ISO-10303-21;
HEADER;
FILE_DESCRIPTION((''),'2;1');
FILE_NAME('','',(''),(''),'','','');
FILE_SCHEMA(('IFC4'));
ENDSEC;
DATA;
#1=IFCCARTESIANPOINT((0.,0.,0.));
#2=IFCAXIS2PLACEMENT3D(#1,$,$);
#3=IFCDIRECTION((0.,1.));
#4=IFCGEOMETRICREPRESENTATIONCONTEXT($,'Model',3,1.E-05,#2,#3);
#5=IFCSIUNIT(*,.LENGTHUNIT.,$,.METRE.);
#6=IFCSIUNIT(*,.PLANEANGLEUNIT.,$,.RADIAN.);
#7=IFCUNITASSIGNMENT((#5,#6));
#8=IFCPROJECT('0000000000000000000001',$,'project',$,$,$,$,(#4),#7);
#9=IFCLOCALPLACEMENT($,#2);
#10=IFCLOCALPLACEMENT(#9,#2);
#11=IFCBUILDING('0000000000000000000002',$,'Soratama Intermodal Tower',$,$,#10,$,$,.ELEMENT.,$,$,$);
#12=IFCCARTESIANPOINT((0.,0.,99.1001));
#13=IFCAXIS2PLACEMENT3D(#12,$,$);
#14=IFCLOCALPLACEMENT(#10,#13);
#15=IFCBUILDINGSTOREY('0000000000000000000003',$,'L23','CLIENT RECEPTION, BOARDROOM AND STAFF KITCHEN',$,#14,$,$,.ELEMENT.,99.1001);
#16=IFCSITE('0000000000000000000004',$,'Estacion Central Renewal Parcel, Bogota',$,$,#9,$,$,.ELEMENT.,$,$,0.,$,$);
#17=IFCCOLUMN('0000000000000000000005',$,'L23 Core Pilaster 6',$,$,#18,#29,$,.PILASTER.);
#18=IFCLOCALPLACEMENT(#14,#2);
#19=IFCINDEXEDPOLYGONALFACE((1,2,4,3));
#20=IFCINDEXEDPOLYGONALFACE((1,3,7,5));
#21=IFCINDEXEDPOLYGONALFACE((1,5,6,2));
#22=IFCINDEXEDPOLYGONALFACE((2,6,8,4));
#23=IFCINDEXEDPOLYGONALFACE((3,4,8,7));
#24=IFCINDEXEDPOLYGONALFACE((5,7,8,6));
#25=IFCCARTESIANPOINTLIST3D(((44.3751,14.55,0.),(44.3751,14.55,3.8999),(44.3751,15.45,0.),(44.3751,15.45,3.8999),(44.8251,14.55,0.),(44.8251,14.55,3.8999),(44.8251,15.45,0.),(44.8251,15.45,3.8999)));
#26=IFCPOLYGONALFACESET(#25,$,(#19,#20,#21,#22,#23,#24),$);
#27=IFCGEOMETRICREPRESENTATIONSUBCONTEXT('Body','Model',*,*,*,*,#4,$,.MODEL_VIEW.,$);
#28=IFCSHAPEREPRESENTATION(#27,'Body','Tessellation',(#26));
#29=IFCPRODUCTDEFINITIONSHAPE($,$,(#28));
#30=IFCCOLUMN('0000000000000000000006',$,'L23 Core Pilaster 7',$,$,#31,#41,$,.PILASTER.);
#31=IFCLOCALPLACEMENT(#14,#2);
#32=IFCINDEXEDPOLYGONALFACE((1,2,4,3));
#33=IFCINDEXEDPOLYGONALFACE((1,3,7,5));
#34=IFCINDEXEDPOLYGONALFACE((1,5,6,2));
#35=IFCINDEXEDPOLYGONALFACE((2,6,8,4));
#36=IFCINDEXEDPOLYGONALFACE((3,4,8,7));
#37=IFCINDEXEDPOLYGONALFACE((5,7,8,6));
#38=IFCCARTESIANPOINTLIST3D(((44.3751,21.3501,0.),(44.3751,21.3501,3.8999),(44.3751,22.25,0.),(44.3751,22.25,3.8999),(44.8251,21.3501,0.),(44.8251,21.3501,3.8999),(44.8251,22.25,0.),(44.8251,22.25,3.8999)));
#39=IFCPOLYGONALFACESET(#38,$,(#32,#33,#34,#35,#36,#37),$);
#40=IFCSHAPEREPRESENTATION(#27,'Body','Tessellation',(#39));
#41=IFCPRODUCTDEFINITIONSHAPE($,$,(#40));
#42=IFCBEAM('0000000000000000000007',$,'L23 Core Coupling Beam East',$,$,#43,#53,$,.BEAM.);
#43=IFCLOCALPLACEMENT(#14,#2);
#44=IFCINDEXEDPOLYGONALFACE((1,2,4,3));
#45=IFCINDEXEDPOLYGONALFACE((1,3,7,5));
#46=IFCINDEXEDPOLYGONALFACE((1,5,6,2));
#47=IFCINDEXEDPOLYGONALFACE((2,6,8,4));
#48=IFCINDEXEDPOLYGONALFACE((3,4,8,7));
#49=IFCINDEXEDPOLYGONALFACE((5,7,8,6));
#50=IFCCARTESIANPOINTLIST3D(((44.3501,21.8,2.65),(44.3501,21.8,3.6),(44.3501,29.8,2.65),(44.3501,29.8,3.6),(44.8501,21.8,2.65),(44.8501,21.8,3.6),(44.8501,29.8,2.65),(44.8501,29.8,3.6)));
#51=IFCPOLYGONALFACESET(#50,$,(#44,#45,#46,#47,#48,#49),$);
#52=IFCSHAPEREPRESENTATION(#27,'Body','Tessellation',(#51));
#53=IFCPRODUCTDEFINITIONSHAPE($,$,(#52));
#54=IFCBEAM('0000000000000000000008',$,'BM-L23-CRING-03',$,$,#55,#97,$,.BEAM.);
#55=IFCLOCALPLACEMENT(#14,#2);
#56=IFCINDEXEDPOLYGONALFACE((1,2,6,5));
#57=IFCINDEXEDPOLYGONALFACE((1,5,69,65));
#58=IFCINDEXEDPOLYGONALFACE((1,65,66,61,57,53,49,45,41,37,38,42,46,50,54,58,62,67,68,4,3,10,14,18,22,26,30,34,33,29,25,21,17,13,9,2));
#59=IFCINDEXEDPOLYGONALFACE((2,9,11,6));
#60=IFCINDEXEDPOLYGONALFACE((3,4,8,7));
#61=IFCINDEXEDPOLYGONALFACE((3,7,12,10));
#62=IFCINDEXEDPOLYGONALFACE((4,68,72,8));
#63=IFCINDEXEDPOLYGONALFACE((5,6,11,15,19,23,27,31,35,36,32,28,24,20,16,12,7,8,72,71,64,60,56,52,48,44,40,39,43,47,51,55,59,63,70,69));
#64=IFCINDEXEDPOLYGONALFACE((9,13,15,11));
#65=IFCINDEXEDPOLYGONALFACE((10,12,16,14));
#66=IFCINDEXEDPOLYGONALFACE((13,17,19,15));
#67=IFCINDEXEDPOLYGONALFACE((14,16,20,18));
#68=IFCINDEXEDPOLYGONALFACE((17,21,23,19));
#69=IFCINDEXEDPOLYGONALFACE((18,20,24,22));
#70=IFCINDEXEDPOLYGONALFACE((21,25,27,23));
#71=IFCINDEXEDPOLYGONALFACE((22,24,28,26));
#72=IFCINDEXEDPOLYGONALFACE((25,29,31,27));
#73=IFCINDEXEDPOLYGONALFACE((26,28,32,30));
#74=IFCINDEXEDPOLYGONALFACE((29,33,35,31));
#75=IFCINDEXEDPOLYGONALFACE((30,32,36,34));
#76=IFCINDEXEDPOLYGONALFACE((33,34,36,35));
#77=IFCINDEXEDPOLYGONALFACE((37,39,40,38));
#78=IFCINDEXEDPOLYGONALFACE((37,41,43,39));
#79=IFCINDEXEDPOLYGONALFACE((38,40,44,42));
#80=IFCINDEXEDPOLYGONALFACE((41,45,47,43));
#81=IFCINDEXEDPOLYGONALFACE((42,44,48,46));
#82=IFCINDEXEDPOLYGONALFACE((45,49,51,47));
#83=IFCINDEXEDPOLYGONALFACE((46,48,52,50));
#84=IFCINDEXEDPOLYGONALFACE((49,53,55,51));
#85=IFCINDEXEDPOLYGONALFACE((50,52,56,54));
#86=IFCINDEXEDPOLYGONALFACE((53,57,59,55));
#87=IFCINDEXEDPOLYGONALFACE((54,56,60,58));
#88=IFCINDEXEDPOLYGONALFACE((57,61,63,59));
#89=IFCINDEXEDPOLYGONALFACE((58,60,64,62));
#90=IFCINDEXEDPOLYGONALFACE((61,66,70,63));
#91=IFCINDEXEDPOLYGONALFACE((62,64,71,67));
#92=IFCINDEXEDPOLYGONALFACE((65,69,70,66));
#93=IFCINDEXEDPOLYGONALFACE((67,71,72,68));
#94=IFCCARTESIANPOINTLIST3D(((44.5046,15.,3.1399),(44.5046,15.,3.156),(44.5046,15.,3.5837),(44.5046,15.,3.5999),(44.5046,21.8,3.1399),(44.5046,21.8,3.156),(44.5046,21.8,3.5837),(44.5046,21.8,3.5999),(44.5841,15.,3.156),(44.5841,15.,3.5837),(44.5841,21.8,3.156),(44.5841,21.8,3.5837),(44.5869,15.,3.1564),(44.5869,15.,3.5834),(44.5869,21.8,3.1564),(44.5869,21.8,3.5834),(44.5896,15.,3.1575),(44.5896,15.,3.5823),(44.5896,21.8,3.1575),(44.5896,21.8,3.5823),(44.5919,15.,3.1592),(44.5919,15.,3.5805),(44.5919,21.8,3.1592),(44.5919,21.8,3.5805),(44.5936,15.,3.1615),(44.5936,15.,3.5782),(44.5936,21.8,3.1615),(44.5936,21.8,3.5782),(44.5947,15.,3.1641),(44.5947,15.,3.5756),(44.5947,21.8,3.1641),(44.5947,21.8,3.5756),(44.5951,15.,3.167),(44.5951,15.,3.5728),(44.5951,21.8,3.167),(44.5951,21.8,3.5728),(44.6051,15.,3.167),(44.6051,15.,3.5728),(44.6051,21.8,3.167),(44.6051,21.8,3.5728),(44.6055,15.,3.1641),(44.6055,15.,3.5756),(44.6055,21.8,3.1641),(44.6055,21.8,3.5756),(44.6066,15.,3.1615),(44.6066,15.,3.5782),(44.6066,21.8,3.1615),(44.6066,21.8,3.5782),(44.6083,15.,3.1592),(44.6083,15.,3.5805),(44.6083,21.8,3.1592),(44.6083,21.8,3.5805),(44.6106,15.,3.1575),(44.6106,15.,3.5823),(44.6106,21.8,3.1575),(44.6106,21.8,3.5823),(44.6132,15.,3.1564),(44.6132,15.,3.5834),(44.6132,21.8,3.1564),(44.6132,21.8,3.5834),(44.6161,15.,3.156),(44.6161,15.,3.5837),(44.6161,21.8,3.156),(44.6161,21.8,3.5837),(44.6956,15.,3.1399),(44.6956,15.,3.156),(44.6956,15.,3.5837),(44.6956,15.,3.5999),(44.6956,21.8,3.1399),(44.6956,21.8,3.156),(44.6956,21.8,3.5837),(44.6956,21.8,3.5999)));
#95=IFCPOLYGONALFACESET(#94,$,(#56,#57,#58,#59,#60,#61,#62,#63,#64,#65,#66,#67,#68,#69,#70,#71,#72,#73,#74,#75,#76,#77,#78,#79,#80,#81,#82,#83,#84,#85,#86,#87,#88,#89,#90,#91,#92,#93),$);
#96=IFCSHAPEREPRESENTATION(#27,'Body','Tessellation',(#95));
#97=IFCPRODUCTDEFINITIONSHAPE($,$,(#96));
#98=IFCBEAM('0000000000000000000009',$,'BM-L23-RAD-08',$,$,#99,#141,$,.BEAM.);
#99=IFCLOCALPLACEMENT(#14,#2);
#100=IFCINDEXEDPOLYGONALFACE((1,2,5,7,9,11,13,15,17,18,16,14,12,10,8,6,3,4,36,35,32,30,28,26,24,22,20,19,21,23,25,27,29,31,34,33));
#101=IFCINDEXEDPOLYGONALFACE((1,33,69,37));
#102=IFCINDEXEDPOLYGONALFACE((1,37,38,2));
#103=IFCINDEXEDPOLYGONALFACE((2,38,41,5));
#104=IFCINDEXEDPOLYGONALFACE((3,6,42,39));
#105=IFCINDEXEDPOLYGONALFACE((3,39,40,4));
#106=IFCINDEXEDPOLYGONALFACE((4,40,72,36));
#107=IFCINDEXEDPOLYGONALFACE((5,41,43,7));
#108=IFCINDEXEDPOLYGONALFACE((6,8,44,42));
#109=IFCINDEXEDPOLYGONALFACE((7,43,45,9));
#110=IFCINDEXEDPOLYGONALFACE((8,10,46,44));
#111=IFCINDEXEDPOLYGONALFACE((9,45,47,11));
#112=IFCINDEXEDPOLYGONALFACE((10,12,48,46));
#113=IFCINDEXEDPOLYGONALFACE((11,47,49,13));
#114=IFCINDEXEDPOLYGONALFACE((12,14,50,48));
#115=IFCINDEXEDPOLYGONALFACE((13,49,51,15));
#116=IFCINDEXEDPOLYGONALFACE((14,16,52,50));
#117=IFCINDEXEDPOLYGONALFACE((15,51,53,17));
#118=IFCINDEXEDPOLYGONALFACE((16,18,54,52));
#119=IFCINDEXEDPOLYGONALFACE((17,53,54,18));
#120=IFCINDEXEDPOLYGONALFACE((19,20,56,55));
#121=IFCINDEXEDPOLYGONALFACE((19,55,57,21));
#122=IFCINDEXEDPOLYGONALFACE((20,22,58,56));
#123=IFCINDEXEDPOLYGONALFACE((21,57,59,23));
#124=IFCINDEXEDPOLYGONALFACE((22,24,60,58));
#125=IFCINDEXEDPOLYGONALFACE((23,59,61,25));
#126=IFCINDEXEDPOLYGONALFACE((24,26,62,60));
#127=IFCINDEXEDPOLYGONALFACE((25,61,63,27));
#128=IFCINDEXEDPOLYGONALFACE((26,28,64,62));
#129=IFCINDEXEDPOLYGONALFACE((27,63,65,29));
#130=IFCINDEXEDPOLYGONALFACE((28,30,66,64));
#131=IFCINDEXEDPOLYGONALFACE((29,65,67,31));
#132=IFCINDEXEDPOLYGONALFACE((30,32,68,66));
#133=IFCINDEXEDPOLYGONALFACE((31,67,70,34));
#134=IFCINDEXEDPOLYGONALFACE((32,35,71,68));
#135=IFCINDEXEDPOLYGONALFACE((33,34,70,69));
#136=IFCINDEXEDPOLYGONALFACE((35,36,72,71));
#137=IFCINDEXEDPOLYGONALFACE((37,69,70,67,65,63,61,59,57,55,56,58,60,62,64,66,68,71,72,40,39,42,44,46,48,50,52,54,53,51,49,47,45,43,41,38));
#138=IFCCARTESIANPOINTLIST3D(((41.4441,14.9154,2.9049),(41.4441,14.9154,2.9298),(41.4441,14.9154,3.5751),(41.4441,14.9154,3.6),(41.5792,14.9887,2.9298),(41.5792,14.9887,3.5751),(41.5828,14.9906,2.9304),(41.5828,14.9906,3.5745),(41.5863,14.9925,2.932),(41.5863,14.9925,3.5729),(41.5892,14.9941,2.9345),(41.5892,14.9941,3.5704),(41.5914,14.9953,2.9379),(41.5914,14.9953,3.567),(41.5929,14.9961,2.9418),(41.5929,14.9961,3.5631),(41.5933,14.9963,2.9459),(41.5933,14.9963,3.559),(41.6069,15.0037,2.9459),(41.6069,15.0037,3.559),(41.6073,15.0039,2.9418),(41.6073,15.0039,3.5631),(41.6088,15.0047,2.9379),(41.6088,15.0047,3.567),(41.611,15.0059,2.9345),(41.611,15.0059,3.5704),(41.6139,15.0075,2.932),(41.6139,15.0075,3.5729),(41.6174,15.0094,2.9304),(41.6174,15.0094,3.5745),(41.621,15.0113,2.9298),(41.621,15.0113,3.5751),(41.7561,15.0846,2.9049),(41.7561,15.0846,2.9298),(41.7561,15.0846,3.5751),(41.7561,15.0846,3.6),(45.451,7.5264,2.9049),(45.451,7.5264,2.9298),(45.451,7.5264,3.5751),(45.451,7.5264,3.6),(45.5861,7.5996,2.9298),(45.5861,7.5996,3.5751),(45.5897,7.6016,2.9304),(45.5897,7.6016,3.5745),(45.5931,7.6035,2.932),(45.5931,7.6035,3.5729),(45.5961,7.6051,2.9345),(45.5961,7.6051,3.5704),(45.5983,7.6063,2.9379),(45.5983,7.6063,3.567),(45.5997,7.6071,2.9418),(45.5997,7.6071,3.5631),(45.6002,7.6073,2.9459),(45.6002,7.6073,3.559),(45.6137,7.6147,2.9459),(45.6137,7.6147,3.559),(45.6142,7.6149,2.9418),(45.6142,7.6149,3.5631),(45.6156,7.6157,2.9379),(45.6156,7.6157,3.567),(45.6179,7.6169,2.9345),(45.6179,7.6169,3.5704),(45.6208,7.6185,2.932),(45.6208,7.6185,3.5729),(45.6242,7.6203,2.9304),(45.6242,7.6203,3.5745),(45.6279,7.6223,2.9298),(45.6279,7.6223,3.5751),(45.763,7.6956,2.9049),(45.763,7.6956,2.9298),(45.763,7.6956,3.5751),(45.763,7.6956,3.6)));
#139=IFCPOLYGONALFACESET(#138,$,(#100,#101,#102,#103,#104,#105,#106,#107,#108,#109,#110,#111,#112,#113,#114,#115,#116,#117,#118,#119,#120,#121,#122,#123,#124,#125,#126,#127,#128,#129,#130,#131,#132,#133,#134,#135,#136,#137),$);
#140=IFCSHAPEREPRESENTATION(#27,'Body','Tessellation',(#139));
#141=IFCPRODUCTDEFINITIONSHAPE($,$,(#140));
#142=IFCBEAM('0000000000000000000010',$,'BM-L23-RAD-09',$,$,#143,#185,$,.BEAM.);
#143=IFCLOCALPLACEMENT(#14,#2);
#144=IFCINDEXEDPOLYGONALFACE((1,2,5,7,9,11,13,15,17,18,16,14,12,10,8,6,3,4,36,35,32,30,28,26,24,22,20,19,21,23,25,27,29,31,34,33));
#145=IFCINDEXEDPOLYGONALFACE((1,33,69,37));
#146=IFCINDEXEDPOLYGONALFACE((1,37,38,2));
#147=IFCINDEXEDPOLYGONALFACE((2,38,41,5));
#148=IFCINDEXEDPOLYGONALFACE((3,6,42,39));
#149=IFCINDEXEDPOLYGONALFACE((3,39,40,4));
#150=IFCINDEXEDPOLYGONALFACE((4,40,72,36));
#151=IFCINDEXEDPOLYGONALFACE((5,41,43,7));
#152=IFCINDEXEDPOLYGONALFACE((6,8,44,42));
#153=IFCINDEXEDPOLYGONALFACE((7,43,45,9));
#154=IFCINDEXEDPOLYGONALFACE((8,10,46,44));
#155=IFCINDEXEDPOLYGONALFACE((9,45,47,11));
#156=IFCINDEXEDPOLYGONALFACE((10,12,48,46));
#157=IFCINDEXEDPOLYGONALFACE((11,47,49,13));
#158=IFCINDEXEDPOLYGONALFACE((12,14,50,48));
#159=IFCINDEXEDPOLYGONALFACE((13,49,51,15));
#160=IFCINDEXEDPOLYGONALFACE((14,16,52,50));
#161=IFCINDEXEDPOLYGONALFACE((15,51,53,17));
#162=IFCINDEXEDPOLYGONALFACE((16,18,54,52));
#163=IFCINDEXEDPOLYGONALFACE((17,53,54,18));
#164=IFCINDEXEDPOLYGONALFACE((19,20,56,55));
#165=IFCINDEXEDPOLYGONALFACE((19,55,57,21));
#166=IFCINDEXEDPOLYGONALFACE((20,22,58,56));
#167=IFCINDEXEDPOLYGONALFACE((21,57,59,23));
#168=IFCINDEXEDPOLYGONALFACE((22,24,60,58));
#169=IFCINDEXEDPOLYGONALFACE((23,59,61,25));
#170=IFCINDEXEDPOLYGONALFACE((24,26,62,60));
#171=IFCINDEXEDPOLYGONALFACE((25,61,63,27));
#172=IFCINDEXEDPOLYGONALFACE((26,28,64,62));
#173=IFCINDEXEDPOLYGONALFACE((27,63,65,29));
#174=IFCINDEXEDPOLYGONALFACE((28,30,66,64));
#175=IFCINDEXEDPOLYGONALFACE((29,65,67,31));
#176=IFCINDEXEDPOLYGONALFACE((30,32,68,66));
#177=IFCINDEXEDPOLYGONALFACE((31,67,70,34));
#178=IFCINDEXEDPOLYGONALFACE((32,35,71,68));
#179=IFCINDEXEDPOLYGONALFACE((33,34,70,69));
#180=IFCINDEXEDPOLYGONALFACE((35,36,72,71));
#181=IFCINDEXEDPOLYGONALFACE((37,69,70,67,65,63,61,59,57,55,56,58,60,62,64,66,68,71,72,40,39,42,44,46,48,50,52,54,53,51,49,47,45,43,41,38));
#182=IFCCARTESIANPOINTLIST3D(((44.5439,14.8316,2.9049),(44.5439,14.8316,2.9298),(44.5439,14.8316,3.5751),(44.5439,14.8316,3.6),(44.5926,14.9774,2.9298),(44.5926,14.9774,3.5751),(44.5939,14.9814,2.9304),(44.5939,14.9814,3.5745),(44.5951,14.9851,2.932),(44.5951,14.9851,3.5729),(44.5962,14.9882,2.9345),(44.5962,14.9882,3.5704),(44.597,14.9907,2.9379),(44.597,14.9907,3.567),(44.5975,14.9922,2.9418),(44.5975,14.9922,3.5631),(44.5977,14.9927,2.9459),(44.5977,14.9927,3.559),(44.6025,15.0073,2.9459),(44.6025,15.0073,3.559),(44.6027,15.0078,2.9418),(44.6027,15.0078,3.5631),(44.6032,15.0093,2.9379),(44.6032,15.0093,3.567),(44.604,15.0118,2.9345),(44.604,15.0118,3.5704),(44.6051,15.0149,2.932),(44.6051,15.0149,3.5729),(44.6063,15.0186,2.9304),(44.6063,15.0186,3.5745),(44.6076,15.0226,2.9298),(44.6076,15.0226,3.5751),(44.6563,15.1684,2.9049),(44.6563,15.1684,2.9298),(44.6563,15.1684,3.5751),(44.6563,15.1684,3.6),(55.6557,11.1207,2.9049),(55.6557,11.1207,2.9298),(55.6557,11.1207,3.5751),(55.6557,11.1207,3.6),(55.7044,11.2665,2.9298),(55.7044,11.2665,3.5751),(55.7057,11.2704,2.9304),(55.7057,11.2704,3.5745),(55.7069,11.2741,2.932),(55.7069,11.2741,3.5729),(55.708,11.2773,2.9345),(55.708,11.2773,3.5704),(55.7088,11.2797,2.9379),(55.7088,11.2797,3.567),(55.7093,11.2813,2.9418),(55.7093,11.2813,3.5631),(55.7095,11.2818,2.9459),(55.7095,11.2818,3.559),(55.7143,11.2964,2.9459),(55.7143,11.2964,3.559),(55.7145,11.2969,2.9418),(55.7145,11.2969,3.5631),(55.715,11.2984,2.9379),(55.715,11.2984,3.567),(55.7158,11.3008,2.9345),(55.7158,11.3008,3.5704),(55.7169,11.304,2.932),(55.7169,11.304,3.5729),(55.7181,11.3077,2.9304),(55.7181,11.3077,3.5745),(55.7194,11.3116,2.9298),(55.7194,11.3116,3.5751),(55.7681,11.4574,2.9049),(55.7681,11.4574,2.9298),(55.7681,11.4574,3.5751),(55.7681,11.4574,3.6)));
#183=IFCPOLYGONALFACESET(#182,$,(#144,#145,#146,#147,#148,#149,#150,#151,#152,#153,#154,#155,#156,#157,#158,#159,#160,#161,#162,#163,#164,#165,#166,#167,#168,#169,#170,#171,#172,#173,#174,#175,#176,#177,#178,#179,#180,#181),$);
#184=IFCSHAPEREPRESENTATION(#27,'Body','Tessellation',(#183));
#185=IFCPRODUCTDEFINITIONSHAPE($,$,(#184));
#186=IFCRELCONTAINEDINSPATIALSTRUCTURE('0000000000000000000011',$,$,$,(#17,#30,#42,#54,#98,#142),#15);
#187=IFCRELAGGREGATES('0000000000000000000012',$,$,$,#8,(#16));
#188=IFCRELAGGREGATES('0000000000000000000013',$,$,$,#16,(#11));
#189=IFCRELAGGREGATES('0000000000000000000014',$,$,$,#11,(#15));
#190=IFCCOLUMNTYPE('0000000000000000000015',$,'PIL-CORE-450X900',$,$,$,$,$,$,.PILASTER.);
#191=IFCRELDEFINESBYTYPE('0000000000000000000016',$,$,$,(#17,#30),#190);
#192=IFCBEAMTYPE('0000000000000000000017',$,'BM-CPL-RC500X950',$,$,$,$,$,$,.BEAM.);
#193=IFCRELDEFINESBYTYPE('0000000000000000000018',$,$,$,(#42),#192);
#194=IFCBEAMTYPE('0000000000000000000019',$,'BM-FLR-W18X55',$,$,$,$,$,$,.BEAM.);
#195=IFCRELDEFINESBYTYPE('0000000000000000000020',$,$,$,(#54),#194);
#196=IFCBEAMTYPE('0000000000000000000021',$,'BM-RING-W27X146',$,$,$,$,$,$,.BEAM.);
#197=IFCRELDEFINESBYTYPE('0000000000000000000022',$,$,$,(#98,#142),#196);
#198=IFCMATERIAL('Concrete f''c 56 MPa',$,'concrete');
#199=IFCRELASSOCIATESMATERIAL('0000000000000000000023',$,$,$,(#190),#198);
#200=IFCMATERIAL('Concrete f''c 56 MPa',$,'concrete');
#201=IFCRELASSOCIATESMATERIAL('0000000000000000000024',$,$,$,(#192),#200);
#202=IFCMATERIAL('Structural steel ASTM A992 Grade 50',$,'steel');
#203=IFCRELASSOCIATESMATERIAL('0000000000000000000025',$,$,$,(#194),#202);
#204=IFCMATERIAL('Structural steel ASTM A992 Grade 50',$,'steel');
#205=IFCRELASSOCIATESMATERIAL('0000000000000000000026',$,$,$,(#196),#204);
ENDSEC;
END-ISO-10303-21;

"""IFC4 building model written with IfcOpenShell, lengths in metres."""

from ifc_helpers import new_model, si_unit, direction, frame, origin, origin_2d, place, context, subcontext, project, spatial, rectangle, i_section, extrude, material, material_profile, profile_set, type_object, element, save


model = new_model("IFC4")

# Units and contexts
model_context = context("Model", 3, precision=1e-05, world=origin(), true_north=direction((0.0, 1.0)))
body_context = subcontext(model_context, "Body", "Model", "MODEL_VIEW")
ifc_project = project(units=[si_unit("LENGTHUNIT", "METRE"), si_unit("PLANEANGLEUNIT", "RADIAN")], contexts=[model_context])

# Site, building, storey
site_placement = place(None, origin())
site = spatial("IfcSite", under=ifc_project, at=site_placement, Name="Estacion Central Renewal Parcel, Bogota", CompositionType="ELEMENT", RefElevation=0.0)
building_placement = place(site_placement, origin())
building = spatial("IfcBuilding", under=site, at=building_placement, Name="Soratama Intermodal Tower", CompositionType="ELEMENT")
storey_placement = place(building_placement, frame((0.0, 0.0, 99.1001)))
storey = spatial("IfcBuildingStorey", under=building, at=storey_placement, Name="L23", Description="CLIENT RECEPTION, BOARDROOM AND STAFF KITCHEN", CompositionType="ELEMENT", Elevation=99.1001)

# Columns
ifc_material_1 = material(Name="Concrete f'c 56 MPa", Category="concrete")
ifc_material_profile_1 = material_profile(ifc_material_1, rectangle(XDim=0.45, YDim=0.8999, at=origin_2d()), Name="RC450X900")
ifc_profile_set_1 = profile_set([ifc_material_profile_1], Name="Concrete f'c 56 MPa")
column_type = type_object("IfcColumnType", Name="PIL-CORE-450X900", PredefinedType="PILASTER", material=ifc_profile_set_1)
for number, where, z_axis, x_axis, name in (
    (1, (44.6001, 15.0, 0.0), (0.0, 0.0, 1.0), (1.0, 0.0, 0.0), "L23 Core Pilaster 6"),
    (2, (44.6001, 21.8, 0.0), (0.0, 0.0, 1.0), (1.0, 0.0, 0.0), "L23 Core Pilaster 7"),
):
    element("IfcColumn", number, at=place(storey_placement, frame(where, z_axis=z_axis, x_axis=x_axis)), inside=storey, type_object=column_type, Name=name, PredefinedType="PILASTER", context=body_context, shape_type="SweptSolid", body=[
        extrude(rectangle(XDim=0.45, YDim=0.8999, at=origin_2d()), origin(), (0.0, 0.0, 1.0), 3.8999),
    ])

# Beams
ifc_material_2 = material(Name="Concrete f'c 56 MPa", Category="concrete")
ifc_material_profile_2 = material_profile(ifc_material_2, rectangle(XDim=0.5, YDim=0.95, at=origin_2d()), Name="RC500X950")
ifc_profile_set_2 = profile_set([ifc_material_profile_2], Name="Concrete f'c 56 MPa")
beam_type_1 = type_object("IfcBeamType", Name="BM-CPL-RC500X950", PredefinedType="BEAM", material=ifc_profile_set_2)
beam_1_placement = place(storey_placement, frame((44.6001, 21.8, 3.125), z_axis=(0.0, 1.0, 0.0), x_axis=(-1.0, 0.0, 0.0)))
element("IfcBeam", 3, at=beam_1_placement, inside=storey, type_object=beam_type_1, Name="L23 Core Coupling Beam East", PredefinedType="BEAM", context=body_context, shape_type="SweptSolid", body=[
    extrude(rectangle(XDim=0.5, YDim=0.95, at=origin_2d()), origin(), (0.0, 0.0, 1.0), 8.0),
])
ifc_material_3 = material(Name="Structural steel ASTM A992 Grade 50", Category="steel")
ifc_material_profile_3 = material_profile(ifc_material_3, i_section(OverallWidth=0.1909, OverallDepth=0.46, WebThickness=0.01, FlangeThickness=0.0161, FilletRadius=0.011, at=origin_2d()), Name="W18X55")
ifc_profile_set_3 = profile_set([ifc_material_profile_3], Name="Structural steel ASTM A992 Grade 50")
beam_type_2 = type_object("IfcBeamType", Name="BM-FLR-W18X55", PredefinedType="BEAM", material=ifc_profile_set_3)
beam_2_placement = place(storey_placement, frame((44.6001, 15.0, 3.3699), z_axis=(0.0, 1.0, 0.0), x_axis=(-1.0, 0.0, 0.0)))
element("IfcBeam", 4, at=beam_2_placement, inside=storey, type_object=beam_type_2, Name="BM-L23-CRING-03", PredefinedType="BEAM", context=body_context, shape_type="SweptSolid", body=[
    extrude(i_section(OverallWidth=0.1909, OverallDepth=0.46, WebThickness=0.01, FlangeThickness=0.0161, FilletRadius=0.011, at=origin_2d()), origin(), (0.0, 0.0, 1.0), 6.8),
])
ifc_material_4 = material(Name="Structural steel ASTM A992 Grade 50", Category="steel")
ifc_material_profile_4 = material_profile(ifc_material_4, i_section(OverallWidth=0.355, OverallDepth=0.6951, WebThickness=0.0154, FlangeThickness=0.0249, FilletRadius=0.0161, at=origin_2d()), Name="W27X146")
ifc_profile_set_4 = profile_set([ifc_material_profile_4], Name="Structural steel ASTM A992 Grade 50")
beam_type_3 = type_object("IfcBeamType", Name="BM-RING-W27X146", PredefinedType="BEAM", material=ifc_profile_set_4)
beam_3_placement = place(storey_placement, frame((41.6001, 15.0, 3.2524), z_axis=(0.476698, -0.879067, 0.0), x_axis=(0.879067, 0.476698, 0.0)))
element("IfcBeam", 5, at=beam_3_placement, inside=storey, type_object=beam_type_3, Name="BM-L23-RAD-08", PredefinedType="BEAM", context=body_context, shape_type="SweptSolid", body=[
    extrude(i_section(OverallWidth=0.355, OverallDepth=0.6951, WebThickness=0.0154, FlangeThickness=0.0249, FilletRadius=0.0161, at=origin_2d()), origin(), (0.0, 0.0, 1.0), 8.4055),
])
beam_4_placement = place(storey_placement, frame((44.6001, 15.0, 3.2524), z_axis=(0.948504, -0.316765, 0.0), x_axis=(0.316765, 0.948504, 0.0)))
element("IfcBeam", 6, at=beam_4_placement, inside=storey, type_object=beam_type_3, Name="BM-L23-RAD-09", PredefinedType="BEAM", context=body_context, shape_type="SweptSolid", body=[
    extrude(i_section(OverallWidth=0.355, OverallDepth=0.6951, WebThickness=0.0154, FlangeThickness=0.0249, FilletRadius=0.0161, at=origin_2d()), origin(), (0.0, 0.0, 1.0), 11.7151),
])

save(model, "model.ifc")
